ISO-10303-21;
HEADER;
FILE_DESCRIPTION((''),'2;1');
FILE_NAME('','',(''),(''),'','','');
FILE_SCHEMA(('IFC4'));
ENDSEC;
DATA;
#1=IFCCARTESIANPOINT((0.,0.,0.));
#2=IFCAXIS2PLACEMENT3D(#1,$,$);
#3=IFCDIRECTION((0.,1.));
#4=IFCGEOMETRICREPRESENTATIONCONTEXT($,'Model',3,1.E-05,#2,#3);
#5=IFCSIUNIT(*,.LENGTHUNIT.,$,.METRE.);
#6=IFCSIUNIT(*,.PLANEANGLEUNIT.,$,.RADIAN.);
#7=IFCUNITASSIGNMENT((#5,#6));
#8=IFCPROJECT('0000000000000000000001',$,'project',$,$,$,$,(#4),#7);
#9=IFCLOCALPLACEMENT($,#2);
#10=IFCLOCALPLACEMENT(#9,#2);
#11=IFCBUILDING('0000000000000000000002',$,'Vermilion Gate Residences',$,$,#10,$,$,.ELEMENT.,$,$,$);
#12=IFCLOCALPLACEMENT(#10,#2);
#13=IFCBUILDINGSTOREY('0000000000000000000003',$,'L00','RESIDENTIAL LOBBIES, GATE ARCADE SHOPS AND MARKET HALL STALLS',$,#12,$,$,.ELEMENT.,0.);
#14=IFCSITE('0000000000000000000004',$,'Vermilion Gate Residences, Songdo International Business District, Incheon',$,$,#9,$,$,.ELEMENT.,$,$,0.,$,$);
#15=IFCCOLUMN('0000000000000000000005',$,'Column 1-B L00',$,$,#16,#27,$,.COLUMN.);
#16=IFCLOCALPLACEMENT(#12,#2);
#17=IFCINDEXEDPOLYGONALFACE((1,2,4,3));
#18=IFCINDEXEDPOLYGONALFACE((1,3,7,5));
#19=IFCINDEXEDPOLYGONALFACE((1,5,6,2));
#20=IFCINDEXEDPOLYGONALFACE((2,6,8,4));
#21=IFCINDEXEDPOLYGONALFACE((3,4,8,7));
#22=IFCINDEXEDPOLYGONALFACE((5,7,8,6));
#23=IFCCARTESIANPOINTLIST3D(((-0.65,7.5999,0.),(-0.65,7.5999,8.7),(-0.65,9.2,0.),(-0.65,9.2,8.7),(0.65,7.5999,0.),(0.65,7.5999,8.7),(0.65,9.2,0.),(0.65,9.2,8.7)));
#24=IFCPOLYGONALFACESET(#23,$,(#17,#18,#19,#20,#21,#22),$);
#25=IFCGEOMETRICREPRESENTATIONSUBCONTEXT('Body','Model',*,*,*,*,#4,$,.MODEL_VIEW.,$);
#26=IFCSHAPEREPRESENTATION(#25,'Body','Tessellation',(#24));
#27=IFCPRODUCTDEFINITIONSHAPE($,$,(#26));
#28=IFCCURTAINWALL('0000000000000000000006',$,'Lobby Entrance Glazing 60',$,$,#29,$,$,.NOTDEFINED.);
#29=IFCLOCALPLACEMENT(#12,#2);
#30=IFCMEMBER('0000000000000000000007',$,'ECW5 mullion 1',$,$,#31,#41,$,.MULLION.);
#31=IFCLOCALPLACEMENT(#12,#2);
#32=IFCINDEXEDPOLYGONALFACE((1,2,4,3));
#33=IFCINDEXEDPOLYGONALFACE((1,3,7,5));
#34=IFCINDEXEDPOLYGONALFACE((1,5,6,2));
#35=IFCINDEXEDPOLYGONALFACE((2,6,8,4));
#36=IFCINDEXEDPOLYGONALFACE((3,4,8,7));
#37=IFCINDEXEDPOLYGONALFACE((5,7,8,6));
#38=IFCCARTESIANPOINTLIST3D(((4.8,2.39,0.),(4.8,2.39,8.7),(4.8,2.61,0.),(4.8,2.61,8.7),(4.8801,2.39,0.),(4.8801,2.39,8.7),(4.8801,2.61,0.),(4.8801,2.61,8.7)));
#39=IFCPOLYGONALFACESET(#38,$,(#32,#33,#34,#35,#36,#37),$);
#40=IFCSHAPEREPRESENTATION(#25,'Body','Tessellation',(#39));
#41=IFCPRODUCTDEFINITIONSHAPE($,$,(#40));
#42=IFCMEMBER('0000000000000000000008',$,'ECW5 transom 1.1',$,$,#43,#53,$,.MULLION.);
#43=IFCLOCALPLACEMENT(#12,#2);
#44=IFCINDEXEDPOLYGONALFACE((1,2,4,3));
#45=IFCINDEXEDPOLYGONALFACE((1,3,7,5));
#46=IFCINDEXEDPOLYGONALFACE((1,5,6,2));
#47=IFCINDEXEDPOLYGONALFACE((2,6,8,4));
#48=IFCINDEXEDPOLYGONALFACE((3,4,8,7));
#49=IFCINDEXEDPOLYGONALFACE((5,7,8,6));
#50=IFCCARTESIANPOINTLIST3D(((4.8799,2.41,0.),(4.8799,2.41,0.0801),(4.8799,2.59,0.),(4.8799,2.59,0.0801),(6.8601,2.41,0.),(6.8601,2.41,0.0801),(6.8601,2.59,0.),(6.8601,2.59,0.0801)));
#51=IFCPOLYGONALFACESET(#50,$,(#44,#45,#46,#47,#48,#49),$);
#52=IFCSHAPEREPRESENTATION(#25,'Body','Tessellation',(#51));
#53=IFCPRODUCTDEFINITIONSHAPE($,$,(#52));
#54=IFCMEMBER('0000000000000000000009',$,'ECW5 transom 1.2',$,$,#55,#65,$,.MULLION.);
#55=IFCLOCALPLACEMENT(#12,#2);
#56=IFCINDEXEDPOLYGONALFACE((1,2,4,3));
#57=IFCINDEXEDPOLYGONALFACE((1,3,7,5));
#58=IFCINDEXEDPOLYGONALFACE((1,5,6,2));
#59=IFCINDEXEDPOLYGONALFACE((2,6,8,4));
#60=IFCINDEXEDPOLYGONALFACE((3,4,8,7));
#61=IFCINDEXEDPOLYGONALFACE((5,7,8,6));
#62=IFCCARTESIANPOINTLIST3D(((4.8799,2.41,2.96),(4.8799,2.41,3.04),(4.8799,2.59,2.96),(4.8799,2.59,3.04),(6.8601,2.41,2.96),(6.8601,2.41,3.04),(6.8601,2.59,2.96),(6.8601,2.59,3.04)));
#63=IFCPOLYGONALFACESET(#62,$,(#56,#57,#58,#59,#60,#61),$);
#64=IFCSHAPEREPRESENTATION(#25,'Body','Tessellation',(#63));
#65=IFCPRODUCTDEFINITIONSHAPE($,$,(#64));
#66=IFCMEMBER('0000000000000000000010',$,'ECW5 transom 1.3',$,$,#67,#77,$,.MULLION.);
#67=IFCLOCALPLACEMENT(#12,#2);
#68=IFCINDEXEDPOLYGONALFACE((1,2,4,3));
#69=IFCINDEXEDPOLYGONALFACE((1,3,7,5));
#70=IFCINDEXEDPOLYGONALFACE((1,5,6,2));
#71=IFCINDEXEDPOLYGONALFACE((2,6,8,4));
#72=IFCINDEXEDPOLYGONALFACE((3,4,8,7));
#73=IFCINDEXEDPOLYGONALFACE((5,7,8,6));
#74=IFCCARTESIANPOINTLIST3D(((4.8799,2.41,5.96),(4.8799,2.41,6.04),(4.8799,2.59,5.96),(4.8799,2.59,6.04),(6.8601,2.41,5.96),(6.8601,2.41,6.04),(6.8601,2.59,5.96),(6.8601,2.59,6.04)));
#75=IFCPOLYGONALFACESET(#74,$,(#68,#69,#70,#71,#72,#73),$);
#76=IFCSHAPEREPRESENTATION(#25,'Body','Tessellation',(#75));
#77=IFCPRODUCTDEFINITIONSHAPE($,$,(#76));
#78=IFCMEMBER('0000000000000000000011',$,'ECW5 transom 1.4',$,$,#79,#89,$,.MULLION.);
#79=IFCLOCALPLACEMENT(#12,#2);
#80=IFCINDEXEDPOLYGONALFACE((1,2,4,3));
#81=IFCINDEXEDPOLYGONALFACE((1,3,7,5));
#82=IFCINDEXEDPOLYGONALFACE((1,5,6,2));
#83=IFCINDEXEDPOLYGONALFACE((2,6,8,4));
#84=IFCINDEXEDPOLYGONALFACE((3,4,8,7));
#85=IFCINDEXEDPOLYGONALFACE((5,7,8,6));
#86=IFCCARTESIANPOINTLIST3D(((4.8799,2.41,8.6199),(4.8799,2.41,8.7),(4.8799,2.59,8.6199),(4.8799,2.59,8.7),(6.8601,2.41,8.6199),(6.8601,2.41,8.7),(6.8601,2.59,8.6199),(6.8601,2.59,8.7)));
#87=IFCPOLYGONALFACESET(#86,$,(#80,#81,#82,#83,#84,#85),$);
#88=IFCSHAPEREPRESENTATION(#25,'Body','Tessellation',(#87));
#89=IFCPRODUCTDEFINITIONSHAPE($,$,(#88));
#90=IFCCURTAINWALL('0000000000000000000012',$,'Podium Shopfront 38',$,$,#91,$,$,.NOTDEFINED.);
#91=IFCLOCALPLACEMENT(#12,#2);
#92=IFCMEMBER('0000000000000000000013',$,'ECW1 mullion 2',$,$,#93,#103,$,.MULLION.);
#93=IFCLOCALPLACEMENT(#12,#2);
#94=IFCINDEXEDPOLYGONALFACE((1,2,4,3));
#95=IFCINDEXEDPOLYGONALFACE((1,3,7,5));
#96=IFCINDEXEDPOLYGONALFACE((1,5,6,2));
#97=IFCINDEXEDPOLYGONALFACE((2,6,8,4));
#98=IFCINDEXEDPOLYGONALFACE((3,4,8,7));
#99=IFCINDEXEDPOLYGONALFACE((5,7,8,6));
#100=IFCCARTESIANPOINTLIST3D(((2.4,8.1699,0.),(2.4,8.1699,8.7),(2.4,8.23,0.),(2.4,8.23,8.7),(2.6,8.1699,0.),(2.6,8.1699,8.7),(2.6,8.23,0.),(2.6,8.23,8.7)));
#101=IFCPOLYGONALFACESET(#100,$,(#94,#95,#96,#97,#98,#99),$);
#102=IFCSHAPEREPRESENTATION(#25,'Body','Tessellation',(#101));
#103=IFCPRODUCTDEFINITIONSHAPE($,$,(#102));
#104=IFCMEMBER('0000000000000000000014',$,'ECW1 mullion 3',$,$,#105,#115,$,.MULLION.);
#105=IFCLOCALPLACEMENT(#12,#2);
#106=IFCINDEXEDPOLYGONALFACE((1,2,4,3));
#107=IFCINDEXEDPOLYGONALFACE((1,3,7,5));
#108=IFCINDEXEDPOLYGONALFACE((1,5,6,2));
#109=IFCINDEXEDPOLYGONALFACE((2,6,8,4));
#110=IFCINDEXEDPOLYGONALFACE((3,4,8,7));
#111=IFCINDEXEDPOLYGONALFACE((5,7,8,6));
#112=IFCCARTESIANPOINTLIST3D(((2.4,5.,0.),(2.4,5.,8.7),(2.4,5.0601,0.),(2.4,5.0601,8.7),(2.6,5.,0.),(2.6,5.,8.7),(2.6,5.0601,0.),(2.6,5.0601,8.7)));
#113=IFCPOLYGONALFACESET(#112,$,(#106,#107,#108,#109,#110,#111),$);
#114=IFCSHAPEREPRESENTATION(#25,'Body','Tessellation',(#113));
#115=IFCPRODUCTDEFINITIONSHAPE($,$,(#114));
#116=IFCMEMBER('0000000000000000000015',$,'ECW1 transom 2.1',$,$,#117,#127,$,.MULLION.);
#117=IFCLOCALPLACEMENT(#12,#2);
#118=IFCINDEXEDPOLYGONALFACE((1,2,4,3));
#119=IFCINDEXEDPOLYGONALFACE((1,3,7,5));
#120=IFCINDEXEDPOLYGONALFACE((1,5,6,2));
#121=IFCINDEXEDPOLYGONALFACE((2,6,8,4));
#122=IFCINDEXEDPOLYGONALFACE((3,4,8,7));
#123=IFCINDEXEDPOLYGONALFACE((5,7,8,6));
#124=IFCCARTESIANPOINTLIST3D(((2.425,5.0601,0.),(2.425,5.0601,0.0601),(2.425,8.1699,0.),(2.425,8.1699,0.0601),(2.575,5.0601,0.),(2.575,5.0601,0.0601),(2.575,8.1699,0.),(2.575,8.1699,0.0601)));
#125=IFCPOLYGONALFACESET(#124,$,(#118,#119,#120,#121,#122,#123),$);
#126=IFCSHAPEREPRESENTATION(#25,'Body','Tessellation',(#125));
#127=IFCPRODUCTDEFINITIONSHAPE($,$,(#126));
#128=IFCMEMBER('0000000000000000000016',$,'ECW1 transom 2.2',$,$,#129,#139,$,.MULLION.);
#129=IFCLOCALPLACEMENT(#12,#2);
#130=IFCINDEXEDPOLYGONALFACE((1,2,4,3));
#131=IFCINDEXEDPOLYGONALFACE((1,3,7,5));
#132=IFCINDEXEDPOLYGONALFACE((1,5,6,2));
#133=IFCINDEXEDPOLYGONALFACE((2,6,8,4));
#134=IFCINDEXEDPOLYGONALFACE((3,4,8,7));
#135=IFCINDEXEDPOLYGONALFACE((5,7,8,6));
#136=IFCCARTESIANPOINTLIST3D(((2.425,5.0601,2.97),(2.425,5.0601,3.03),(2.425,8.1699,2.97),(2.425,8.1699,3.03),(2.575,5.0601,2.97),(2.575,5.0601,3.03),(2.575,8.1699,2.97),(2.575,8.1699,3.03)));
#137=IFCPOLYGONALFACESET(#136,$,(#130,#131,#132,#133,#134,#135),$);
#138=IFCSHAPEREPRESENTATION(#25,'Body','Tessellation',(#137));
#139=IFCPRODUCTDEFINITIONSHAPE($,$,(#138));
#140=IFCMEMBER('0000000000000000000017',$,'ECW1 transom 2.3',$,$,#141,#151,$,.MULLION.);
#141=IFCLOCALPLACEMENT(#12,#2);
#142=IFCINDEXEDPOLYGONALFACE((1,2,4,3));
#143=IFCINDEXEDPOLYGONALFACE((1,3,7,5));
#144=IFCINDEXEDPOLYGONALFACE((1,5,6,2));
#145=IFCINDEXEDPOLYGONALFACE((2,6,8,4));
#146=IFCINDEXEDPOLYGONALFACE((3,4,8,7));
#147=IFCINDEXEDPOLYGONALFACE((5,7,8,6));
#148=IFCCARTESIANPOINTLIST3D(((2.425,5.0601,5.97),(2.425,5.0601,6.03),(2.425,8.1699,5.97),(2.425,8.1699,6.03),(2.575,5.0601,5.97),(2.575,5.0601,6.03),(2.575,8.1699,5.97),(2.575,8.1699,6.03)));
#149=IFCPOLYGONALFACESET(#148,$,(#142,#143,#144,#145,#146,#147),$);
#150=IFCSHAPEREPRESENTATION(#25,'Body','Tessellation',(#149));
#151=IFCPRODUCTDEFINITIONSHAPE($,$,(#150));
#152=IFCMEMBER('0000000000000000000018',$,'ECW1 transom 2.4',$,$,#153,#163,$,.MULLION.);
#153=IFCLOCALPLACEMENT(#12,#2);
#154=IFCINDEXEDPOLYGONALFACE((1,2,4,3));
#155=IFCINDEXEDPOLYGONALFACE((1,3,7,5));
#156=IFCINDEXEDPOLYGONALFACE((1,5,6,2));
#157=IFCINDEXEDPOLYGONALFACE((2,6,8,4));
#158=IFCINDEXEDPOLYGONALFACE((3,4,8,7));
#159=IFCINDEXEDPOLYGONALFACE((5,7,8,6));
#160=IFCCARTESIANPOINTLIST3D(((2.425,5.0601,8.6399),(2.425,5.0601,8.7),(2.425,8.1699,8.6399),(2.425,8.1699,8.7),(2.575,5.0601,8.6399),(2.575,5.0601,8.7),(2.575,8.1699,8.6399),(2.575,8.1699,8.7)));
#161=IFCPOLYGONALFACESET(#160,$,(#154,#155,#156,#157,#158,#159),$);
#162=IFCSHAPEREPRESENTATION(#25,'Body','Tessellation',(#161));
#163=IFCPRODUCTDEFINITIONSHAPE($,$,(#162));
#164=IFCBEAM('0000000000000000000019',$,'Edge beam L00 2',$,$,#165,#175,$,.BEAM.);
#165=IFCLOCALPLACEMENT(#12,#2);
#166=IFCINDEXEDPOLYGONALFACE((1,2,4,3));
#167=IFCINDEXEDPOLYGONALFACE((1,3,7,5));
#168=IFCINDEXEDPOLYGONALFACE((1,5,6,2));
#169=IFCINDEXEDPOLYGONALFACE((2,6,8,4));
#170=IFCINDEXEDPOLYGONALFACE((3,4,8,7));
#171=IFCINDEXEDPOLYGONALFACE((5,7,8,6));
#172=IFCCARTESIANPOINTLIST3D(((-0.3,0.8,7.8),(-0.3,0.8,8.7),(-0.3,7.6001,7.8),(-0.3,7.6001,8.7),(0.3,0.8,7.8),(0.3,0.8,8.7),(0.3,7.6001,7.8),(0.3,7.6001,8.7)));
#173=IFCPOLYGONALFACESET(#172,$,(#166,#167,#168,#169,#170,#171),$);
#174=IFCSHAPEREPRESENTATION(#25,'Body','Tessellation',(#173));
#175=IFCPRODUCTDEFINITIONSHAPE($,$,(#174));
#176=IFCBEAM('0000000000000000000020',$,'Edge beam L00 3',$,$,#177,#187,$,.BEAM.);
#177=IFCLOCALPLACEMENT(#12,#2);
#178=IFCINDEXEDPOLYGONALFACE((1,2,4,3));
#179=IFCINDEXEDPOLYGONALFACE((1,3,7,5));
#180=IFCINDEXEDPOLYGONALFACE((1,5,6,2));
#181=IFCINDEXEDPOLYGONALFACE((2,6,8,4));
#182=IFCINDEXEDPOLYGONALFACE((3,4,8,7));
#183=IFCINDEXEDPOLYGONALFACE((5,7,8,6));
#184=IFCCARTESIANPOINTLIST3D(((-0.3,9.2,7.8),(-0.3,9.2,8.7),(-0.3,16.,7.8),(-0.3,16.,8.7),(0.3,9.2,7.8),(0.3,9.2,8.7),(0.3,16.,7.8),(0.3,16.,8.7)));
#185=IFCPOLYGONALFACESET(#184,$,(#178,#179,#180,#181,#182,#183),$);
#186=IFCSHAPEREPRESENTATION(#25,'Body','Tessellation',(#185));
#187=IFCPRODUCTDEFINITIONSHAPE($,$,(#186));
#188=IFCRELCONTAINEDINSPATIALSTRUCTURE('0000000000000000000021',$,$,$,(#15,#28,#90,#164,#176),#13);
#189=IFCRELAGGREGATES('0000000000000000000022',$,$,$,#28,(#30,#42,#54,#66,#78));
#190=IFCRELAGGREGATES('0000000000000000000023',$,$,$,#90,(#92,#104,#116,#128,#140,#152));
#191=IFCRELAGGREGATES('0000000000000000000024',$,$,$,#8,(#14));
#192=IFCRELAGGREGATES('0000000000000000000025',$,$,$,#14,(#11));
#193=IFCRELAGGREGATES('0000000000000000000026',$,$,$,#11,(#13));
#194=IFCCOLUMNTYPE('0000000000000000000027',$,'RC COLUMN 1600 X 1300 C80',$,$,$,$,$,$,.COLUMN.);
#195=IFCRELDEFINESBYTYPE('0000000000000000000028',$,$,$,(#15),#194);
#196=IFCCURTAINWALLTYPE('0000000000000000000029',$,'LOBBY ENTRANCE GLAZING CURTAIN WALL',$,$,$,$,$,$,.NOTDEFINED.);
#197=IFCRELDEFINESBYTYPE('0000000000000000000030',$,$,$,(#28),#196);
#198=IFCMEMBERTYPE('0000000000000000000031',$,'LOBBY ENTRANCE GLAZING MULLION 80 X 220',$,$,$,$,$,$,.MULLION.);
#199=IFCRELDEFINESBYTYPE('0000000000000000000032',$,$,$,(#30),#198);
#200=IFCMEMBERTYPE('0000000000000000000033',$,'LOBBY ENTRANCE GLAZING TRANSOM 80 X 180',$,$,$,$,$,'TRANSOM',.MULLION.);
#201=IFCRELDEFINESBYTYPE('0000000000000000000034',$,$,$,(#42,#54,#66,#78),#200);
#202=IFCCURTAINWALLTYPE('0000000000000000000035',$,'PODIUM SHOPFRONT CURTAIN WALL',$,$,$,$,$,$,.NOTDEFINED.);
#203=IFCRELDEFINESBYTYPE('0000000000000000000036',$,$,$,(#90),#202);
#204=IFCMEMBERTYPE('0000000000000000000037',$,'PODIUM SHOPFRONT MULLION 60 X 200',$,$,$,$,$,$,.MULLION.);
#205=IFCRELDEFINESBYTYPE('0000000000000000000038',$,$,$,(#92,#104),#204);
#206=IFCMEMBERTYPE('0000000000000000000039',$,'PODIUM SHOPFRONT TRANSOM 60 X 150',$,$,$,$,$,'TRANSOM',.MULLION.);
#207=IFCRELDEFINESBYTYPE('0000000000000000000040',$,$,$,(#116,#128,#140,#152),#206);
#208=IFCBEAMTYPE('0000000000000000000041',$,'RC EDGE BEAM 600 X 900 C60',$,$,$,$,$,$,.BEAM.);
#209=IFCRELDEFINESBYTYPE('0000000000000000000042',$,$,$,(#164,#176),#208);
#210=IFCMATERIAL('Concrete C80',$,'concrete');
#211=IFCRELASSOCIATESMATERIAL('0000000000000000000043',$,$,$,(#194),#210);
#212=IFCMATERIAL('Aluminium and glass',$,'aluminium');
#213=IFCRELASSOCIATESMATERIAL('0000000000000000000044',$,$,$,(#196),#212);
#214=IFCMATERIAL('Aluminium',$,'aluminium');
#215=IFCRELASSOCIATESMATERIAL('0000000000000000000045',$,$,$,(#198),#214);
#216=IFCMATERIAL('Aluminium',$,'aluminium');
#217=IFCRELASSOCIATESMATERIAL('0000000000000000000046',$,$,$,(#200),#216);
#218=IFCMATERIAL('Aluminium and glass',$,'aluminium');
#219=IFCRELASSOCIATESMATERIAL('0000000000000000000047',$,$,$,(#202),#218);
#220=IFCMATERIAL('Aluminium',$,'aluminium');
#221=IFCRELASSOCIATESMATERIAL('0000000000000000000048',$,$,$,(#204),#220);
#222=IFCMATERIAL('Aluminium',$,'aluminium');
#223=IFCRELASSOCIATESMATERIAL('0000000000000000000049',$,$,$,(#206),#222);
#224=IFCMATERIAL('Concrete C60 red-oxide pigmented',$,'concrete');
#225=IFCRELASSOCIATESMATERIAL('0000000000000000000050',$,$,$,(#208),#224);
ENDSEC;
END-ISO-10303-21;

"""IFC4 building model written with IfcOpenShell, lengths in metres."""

from ifc_helpers import new_model, si_unit, direction, frame, origin, origin_2d, place, context, subcontext, project, spatial, rectangle, extrude, material, material_profile, profile_set, type_object, element, aggregate, save


model = new_model("IFC4")

# Units and contexts
model_context = context("Model", 3, precision=1e-05, world=origin(), true_north=direction((0.0, 1.0)))
body_context = subcontext(model_context, "Body", "Model", "MODEL_VIEW")
ifc_project = project(units=[si_unit("LENGTHUNIT", "METRE"), si_unit("PLANEANGLEUNIT", "RADIAN")], contexts=[model_context])

# Site, building, storey
site_placement = place(None, origin())
site = spatial("IfcSite", under=ifc_project, at=site_placement, Name="Vermilion Gate Residences, Songdo International Business District, Incheon", CompositionType="ELEMENT", RefElevation=0.0)
building_placement = place(site_placement, origin())
building = spatial("IfcBuilding", under=site, at=building_placement, Name="Vermilion Gate Residences", CompositionType="ELEMENT")
storey_placement = place(building_placement, origin())
storey = spatial("IfcBuildingStorey", under=building, at=storey_placement, Name="L00", Description="RESIDENTIAL LOBBIES, GATE ARCADE SHOPS AND MARKET HALL STALLS", CompositionType="ELEMENT", Elevation=0.0)

# Column
ifc_material_1 = material(Name="Concrete C80", Category="concrete")
ifc_material_profile_1 = material_profile(ifc_material_1, rectangle(XDim=1.6001, YDim=1.3, at=origin_2d()), Name="RC-1600x1300")
ifc_profile_set_1 = profile_set([ifc_material_profile_1], Name="Concrete C80")
column_type = type_object("IfcColumnType", Name="RC COLUMN 1600 X 1300 C80", PredefinedType="COLUMN", material=ifc_profile_set_1)
column_placement = place(storey_placement, frame((0.0, 8.3999, 0.0), z_axis=(0.0, 0.0, 1.0), x_axis=(0.0, 1.0, 0.0)))
element("IfcColumn", 1, at=column_placement, inside=storey, type_object=column_type, Name="Column 1-B L00", PredefinedType="COLUMN", context=body_context, shape_type="SweptSolid", body=[
    extrude(rectangle(XDim=1.6001, YDim=1.3, at=origin_2d()), origin(), (0.0, 0.0, 1.0), 8.7),
])

# Curtain walls, members
ifc_material_2 = material(Name="Aluminium and glass", Category="aluminium")
curtain_wall_type_1 = type_object("IfcCurtainWallType", Name="LOBBY ENTRANCE GLAZING CURTAIN WALL", PredefinedType="NOTDEFINED", material=ifc_material_2)
curtain_wall_1_placement = place(storey_placement, origin())
curtain_wall_1 = element("IfcCurtainWall", 2, at=curtain_wall_1_placement, inside=storey, type_object=curtain_wall_type_1, Name="Lobby Entrance Glazing 60", PredefinedType="NOTDEFINED")
ifc_material_3 = material(Name="Aluminium", Category="aluminium")
ifc_material_profile_2 = material_profile(ifc_material_3, rectangle(XDim=0.22, YDim=0.0801, at=origin_2d()), Name="MULLION 80 X 220")
ifc_profile_set_2 = profile_set([ifc_material_profile_2], Name="Aluminium")
member_type_1 = type_object("IfcMemberType", Name="LOBBY ENTRANCE GLAZING MULLION 80 X 220", PredefinedType="MULLION", material=ifc_profile_set_2)
member_1_placement = place(storey_placement, frame((4.8401, 2.5, 0.0), z_axis=(0.0, 0.0, 1.0), x_axis=(0.0, 1.0, 0.0)))
member_1 = element("IfcMember", 3, at=member_1_placement, type_object=member_type_1, Name="ECW5 mullion 1", PredefinedType="MULLION", context=body_context, shape_type="SweptSolid", body=[
    extrude(rectangle(XDim=0.22, YDim=0.0801, at=origin_2d()), origin(), (0.0, 0.0, 1.0), 8.7),
])
ifc_material_4 = material(Name="Aluminium", Category="aluminium")
ifc_material_profile_3 = material_profile(ifc_material_4, rectangle(XDim=0.1799, YDim=0.0801, at=origin_2d()), Name="TRANSOM 80 X 180")
ifc_profile_set_3 = profile_set([ifc_material_profile_3], Name="Aluminium")
member_type_2 = type_object("IfcMemberType", Name="LOBBY ENTRANCE GLAZING TRANSOM 80 X 180", ElementType="TRANSOM", PredefinedType="MULLION", material=ifc_profile_set_3)
member_2_placement = place(storey_placement, frame((4.8799, 2.5, 0.04), z_axis=(1.0, 0.0, 0.0), x_axis=(0.0, 1.0, 0.0)))
member_2 = element("IfcMember", 4, at=member_2_placement, type_object=member_type_2, Name="ECW5 transom 1.1", PredefinedType="MULLION", context=body_context, shape_type="SweptSolid", body=[
    extrude(rectangle(XDim=0.1799, YDim=0.0801, at=origin_2d()), origin(), (0.0, 0.0, 1.0), 1.9802),
])
member_3_placement = place(storey_placement, frame((4.8799, 2.5, 3.0), z_axis=(1.0, 0.0, 0.0), x_axis=(0.0, 1.0, 0.0)))
member_3 = element("IfcMember", 5, at=member_3_placement, type_object=member_type_2, Name="ECW5 transom 1.2", PredefinedType="MULLION", context=body_context, shape_type="SweptSolid", body=[
    extrude(rectangle(XDim=0.1799, YDim=0.0801, at=origin_2d()), origin(), (0.0, 0.0, 1.0), 1.9802),
])
member_4_placement = place(storey_placement, frame((4.8799, 2.5, 6.0), z_axis=(1.0, 0.0, 0.0), x_axis=(0.0, 1.0, 0.0)))
member_4 = element("IfcMember", 6, at=member_4_placement, type_object=member_type_2, Name="ECW5 transom 1.3", PredefinedType="MULLION", context=body_context, shape_type="SweptSolid", body=[
    extrude(rectangle(XDim=0.1799, YDim=0.0801, at=origin_2d()), origin(), (0.0, 0.0, 1.0), 1.9802),
])
member_5_placement = place(storey_placement, frame((4.8799, 2.5, 8.6599), z_axis=(1.0, 0.0, 0.0), x_axis=(0.0, 1.0, 0.0)))
member_5 = element("IfcMember", 7, at=member_5_placement, type_object=member_type_2, Name="ECW5 transom 1.4", PredefinedType="MULLION", context=body_context, shape_type="SweptSolid", body=[
    extrude(rectangle(XDim=0.1799, YDim=0.0801, at=origin_2d()), origin(), (0.0, 0.0, 1.0), 1.9802),
])
aggregate(curtain_wall_1, [member_1, member_2, member_3, member_4, member_5])
ifc_material_5 = material(Name="Aluminium and glass", Category="aluminium")
curtain_wall_type_2 = type_object("IfcCurtainWallType", Name="PODIUM SHOPFRONT CURTAIN WALL", PredefinedType="NOTDEFINED", material=ifc_material_5)
curtain_wall_2_placement = place(storey_placement, origin())
curtain_wall_2 = element("IfcCurtainWall", 8, at=curtain_wall_2_placement, inside=storey, type_object=curtain_wall_type_2, Name="Podium Shopfront 38", PredefinedType="NOTDEFINED")
ifc_material_6 = material(Name="Aluminium", Category="aluminium")
ifc_material_profile_4 = material_profile(ifc_material_6, rectangle(XDim=0.2, YDim=0.0601, at=origin_2d()), Name="MULLION 60 X 200")
ifc_profile_set_4 = profile_set([ifc_material_profile_4], Name="Aluminium")
member_type_3 = type_object("IfcMemberType", Name="PODIUM SHOPFRONT MULLION 60 X 200", PredefinedType="MULLION", material=ifc_profile_set_4)
member_6_placement = place(storey_placement, frame((2.5, 8.2, 0.0), z_axis=(0.0, 0.0, 1.0), x_axis=(1.0, 0.0, 0.0)))
member_6 = element("IfcMember", 9, at=member_6_placement, type_object=member_type_3, Name="ECW1 mullion 2", PredefinedType="MULLION", context=body_context, shape_type="SweptSolid", body=[
    extrude(rectangle(XDim=0.2, YDim=0.0601, at=origin_2d()), origin(), (0.0, 0.0, 1.0), 8.7),
])
member_7_placement = place(storey_placement, frame((2.5, 5.03, 0.0), z_axis=(0.0, 0.0, 1.0), x_axis=(1.0, 0.0, 0.0)))
member_7 = element("IfcMember", 10, at=member_7_placement, type_object=member_type_3, Name="ECW1 mullion 3", PredefinedType="MULLION", context=body_context, shape_type="SweptSolid", body=[
    extrude(rectangle(XDim=0.2, YDim=0.0601, at=origin_2d()), origin(), (0.0, 0.0, 1.0), 8.7),
])
ifc_material_7 = material(Name="Aluminium", Category="aluminium")
ifc_material_profile_5 = material_profile(ifc_material_7, rectangle(XDim=0.1499, YDim=0.0601, at=origin_2d()), Name="TRANSOM 60 X 150")
ifc_profile_set_5 = profile_set([ifc_material_profile_5], Name="Aluminium")
member_type_4 = type_object("IfcMemberType", Name="PODIUM SHOPFRONT TRANSOM 60 X 150", ElementType="TRANSOM", PredefinedType="MULLION", material=ifc_profile_set_5)
member_8_placement = place(storey_placement, frame((2.5, 8.1699, 0.03), z_axis=(0.0, -1.0, 0.0), x_axis=(1.0, 0.0, 0.0)))
member_8 = element("IfcMember", 11, at=member_8_placement, type_object=member_type_4, Name="ECW1 transom 2.1", PredefinedType="MULLION", context=body_context, shape_type="SweptSolid", body=[
    extrude(rectangle(XDim=0.1499, YDim=0.0601, at=origin_2d()), origin(), (0.0, 0.0, 1.0), 3.1099),
])
member_9_placement = place(storey_placement, frame((2.5, 8.1699, 3.0), z_axis=(0.0, -1.0, 0.0), x_axis=(1.0, 0.0, 0.0)))
member_9 = element("IfcMember", 12, at=member_9_placement, type_object=member_type_4, Name="ECW1 transom 2.2", PredefinedType="MULLION", context=body_context, shape_type="SweptSolid", body=[
    extrude(rectangle(XDim=0.1499, YDim=0.0601, at=origin_2d()), origin(), (0.0, 0.0, 1.0), 3.1099),
])
member_10_placement = place(storey_placement, frame((2.5, 8.1699, 6.0), z_axis=(0.0, -1.0, 0.0), x_axis=(1.0, 0.0, 0.0)))
member_10 = element("IfcMember", 13, at=member_10_placement, type_object=member_type_4, Name="ECW1 transom 2.3", PredefinedType="MULLION", context=body_context, shape_type="SweptSolid", body=[
    extrude(rectangle(XDim=0.1499, YDim=0.0601, at=origin_2d()), origin(), (0.0, 0.0, 1.0), 3.1099),
])
member_11_placement = place(storey_placement, frame((2.5, 8.1699, 8.6699), z_axis=(0.0, -1.0, 0.0), x_axis=(1.0, 0.0, 0.0)))
member_11 = element("IfcMember", 14, at=member_11_placement, type_object=member_type_4, Name="ECW1 transom 2.4", PredefinedType="MULLION", context=body_context, shape_type="SweptSolid", body=[
    extrude(rectangle(XDim=0.1499, YDim=0.0601, at=origin_2d()), origin(), (0.0, 0.0, 1.0), 3.1099),
])

# Beams
ifc_material_8 = material(Name="Concrete C60 red-oxide pigmented", Category="concrete")
ifc_material_profile_6 = material_profile(ifc_material_8, rectangle(XDim=0.6001, YDim=0.8999, at=origin_2d()), Name="RC-600x900")
ifc_profile_set_6 = profile_set([ifc_material_profile_6], Name="Concrete C60 red-oxide pigmented")
beam_type = type_object("IfcBeamType", Name="RC EDGE BEAM 600 X 900 C60", PredefinedType="BEAM", material=ifc_profile_set_6)
for number, where, z_axis, x_axis, name in (
    (15, (0.0, 0.8, 8.25), (0.0, 1.0, 0.0), (-1.0, 0.0, 0.0), "Edge beam L00 2"),
    (16, (0.0, 9.2, 8.25), (0.0, 1.0, 0.0), (-1.0, 0.0, 0.0), "Edge beam L00 3"),
):
    element("IfcBeam", number, at=place(storey_placement, frame(where, z_axis=z_axis, x_axis=x_axis)), inside=storey, type_object=beam_type, Name=name, PredefinedType="BEAM", context=body_context, shape_type="SweptSolid", body=[
        extrude(rectangle(XDim=0.6001, YDim=0.8999, at=origin_2d()), origin(), (0.0, 0.0, 1.0), 6.8),
    ])

aggregate(curtain_wall_2, [member_6, member_7, member_8, member_9, member_10, member_11])

save(model, "model.ifc")
